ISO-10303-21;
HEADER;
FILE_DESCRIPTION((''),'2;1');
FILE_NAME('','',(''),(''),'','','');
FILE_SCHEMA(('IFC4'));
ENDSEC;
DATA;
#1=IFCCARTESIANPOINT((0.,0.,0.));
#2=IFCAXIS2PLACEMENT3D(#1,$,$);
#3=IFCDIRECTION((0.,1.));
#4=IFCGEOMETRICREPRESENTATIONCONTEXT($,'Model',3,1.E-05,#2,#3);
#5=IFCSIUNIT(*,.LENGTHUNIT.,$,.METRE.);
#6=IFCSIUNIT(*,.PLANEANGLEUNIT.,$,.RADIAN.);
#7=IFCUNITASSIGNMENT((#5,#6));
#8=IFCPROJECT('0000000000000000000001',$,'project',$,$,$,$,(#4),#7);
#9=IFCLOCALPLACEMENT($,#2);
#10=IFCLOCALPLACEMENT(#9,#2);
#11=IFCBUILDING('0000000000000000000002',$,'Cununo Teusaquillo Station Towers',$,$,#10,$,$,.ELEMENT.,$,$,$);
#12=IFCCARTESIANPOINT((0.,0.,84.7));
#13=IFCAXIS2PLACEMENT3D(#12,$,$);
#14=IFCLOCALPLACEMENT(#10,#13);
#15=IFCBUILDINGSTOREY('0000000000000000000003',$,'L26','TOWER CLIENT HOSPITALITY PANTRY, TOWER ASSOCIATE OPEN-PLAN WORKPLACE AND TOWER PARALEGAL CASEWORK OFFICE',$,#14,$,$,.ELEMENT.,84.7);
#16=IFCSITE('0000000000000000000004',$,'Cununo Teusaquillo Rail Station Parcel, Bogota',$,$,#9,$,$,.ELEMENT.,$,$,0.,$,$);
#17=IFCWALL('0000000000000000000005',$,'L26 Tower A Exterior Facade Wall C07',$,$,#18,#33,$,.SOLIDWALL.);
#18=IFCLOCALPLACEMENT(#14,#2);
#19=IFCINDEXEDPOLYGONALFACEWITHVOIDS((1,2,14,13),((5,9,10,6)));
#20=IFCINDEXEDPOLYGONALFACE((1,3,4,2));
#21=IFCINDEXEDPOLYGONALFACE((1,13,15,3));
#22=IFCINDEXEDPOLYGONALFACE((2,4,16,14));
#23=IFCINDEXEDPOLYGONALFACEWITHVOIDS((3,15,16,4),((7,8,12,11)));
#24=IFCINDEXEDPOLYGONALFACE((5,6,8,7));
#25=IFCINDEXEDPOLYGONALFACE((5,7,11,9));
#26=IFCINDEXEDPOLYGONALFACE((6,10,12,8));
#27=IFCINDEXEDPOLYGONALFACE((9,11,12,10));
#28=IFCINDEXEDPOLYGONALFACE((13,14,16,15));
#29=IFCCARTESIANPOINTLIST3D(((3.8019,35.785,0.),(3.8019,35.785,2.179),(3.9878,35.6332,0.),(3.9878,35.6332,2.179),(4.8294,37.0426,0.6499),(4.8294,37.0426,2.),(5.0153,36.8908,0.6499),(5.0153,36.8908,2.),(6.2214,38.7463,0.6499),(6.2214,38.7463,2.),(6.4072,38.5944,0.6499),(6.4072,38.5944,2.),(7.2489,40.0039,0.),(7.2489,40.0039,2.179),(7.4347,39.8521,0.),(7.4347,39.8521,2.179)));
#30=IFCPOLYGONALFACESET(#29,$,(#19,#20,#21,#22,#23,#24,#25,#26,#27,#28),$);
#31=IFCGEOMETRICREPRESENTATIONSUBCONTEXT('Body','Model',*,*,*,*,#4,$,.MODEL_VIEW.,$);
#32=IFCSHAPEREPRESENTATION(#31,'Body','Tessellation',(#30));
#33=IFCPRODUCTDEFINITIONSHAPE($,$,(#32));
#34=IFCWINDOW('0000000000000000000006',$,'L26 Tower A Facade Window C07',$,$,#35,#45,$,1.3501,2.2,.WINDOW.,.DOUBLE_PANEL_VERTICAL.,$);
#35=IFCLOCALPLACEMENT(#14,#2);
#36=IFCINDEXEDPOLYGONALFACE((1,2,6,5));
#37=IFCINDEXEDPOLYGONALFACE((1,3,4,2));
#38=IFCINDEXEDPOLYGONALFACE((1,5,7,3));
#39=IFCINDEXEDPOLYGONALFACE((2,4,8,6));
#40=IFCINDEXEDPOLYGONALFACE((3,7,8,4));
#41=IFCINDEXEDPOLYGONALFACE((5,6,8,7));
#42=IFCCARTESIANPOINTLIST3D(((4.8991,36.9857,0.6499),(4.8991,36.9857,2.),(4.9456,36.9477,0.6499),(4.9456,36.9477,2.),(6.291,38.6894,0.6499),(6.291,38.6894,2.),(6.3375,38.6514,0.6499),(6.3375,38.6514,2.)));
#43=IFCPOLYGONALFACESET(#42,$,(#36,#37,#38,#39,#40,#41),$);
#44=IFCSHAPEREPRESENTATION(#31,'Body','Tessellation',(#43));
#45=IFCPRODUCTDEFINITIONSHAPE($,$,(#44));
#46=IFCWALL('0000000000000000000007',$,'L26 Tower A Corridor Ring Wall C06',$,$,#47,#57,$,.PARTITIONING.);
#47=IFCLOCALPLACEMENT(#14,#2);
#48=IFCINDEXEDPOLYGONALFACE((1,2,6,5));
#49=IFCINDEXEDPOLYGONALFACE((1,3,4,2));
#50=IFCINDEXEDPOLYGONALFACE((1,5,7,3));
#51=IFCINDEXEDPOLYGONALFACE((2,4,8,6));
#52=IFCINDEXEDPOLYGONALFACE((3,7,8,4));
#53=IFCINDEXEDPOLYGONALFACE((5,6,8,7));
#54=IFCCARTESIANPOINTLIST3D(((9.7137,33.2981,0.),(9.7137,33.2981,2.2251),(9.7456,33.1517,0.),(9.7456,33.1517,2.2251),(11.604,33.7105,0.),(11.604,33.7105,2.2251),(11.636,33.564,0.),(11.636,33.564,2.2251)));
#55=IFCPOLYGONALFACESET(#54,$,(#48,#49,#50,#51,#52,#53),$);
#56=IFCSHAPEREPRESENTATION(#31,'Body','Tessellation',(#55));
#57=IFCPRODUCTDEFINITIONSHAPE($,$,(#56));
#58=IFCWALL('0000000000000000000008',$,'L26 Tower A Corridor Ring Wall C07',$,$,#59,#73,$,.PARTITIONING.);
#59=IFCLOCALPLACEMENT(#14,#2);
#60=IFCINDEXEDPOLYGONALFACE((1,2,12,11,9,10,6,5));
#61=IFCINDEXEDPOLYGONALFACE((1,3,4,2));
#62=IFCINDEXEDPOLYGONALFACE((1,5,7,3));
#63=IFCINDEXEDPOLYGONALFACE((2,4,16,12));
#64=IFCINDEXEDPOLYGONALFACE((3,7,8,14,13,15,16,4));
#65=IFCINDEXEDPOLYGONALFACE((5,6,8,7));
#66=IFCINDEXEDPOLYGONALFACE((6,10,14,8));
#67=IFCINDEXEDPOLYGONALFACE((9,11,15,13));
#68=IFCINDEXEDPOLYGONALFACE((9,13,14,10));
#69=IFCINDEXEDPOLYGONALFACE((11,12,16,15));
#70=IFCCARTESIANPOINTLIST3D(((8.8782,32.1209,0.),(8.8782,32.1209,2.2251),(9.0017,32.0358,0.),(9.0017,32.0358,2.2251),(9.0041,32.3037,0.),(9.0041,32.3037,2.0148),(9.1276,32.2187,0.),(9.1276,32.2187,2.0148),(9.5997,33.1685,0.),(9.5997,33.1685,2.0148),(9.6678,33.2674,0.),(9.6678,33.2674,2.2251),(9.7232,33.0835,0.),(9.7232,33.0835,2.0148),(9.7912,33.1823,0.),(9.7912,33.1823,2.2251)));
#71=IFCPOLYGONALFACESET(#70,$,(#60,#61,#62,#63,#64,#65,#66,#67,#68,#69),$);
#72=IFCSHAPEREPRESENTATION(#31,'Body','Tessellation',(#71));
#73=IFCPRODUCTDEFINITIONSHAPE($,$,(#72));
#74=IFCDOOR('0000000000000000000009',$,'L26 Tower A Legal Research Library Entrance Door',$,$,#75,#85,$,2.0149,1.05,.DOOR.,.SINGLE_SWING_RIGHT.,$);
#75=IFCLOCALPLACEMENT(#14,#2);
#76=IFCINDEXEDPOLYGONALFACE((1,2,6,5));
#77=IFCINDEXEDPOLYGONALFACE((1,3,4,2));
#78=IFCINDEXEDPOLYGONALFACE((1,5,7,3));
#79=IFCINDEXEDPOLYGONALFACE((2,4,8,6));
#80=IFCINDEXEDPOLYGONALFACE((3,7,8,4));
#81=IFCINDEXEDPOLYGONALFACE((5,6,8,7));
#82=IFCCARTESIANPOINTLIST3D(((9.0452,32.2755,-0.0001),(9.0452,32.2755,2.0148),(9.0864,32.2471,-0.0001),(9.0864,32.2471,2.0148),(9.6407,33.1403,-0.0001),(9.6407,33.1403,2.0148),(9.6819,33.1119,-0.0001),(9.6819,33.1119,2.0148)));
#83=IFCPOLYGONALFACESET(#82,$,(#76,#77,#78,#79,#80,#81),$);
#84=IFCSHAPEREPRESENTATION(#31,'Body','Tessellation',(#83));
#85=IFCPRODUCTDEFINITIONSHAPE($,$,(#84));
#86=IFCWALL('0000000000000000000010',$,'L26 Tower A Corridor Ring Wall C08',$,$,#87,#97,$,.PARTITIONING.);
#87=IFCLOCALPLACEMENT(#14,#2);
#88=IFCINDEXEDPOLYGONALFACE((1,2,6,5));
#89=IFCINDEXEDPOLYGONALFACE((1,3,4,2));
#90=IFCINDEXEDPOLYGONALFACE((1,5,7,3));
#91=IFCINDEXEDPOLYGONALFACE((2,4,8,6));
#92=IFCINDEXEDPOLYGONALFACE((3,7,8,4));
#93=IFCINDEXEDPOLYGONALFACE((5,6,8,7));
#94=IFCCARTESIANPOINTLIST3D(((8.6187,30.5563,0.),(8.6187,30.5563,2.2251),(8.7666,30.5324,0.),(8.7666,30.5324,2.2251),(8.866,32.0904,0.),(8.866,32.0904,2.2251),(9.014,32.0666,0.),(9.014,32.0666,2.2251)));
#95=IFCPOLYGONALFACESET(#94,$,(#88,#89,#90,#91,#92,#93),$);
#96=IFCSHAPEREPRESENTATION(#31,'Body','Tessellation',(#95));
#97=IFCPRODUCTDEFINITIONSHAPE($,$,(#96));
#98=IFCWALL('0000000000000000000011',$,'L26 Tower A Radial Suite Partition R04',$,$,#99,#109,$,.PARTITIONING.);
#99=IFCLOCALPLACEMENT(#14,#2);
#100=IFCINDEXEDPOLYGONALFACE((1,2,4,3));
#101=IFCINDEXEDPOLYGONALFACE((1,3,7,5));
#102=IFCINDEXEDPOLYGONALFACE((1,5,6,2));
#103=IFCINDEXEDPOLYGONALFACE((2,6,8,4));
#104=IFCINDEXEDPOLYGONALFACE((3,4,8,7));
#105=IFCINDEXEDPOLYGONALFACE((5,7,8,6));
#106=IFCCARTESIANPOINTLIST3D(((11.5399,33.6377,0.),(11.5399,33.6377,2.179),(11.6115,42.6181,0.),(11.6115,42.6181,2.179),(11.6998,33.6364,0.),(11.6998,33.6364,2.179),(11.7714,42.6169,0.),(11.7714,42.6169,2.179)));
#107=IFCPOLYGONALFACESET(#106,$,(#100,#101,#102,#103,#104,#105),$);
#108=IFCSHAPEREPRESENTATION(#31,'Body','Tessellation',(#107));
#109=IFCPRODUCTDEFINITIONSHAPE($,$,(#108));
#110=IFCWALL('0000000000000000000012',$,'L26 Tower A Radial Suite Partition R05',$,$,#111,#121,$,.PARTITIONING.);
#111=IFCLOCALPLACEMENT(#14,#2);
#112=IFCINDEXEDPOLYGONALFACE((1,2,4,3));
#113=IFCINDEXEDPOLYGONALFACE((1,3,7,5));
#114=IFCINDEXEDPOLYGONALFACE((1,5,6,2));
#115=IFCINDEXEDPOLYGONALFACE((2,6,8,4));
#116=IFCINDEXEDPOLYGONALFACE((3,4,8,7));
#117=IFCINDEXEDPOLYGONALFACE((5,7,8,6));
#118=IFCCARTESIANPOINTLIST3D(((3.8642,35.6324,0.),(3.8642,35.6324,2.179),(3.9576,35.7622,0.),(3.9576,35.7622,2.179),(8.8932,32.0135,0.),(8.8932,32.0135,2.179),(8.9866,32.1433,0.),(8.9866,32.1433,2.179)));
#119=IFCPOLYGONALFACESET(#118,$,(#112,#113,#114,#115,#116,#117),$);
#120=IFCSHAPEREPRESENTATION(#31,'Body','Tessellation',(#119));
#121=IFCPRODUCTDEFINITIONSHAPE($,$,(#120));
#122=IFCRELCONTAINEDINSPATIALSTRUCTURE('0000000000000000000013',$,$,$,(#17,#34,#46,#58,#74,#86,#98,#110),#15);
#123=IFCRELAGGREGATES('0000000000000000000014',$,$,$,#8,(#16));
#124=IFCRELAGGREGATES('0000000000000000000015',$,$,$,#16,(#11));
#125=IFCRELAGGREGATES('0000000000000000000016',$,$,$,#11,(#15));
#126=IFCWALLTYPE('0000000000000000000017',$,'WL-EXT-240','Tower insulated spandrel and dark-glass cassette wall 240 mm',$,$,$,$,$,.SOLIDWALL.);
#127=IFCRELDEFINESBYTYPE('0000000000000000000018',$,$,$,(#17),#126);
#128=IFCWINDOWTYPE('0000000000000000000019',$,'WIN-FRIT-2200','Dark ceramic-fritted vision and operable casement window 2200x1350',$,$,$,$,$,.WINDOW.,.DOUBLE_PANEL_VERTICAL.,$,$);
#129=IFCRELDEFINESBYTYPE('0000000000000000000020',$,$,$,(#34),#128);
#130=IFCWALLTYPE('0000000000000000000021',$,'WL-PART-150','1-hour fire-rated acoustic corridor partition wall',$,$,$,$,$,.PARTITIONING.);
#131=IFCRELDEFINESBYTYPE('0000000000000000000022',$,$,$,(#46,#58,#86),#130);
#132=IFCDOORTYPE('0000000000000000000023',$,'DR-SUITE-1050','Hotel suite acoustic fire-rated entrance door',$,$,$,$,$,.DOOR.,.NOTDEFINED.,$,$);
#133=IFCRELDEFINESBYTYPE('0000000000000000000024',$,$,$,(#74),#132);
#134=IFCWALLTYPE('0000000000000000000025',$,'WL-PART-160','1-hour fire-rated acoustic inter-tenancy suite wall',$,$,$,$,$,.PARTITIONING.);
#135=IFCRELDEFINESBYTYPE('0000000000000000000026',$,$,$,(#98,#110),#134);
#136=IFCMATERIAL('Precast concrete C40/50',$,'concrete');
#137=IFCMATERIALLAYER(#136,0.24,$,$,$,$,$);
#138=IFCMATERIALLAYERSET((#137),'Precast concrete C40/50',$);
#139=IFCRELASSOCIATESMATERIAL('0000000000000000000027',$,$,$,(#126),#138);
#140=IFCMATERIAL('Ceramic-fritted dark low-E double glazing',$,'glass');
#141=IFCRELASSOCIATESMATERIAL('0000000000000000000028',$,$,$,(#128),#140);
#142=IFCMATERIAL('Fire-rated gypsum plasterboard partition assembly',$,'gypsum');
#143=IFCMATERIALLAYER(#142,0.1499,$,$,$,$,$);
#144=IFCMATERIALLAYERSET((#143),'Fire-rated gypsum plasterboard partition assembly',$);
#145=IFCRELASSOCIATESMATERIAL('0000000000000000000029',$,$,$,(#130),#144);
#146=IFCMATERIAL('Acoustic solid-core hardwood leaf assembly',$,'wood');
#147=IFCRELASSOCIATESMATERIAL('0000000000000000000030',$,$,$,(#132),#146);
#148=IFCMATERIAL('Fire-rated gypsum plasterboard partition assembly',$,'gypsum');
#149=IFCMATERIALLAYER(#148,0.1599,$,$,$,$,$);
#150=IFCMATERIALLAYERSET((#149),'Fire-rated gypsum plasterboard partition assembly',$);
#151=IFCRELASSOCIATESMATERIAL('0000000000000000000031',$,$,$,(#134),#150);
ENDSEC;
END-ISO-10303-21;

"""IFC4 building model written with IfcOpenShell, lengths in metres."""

from ifc_helpers import new_model, si_unit, direction, frame, frame_2d, origin, place, context, subcontext, project, spatial, rectangle, extrude, source, transform, mapped, material, layer, layer_set, type_object, element, fill, save


model = new_model("IFC4")

# Units and contexts
model_context = context("Model", 3, precision=1e-05, world=origin(), true_north=direction((0.0, 1.0)))
body_context = subcontext(model_context, "Body", "Model", "MODEL_VIEW")
ifc_project = project(units=[si_unit("LENGTHUNIT", "METRE"), si_unit("PLANEANGLEUNIT", "RADIAN")], contexts=[model_context])

# Site, building, storey
site_placement = place(None, origin())
site = spatial("IfcSite", under=ifc_project, at=site_placement, Name="Cununo Teusaquillo Rail Station Parcel, Bogota", CompositionType="ELEMENT", RefElevation=0.0)
building_placement = place(site_placement, origin())
building = spatial("IfcBuilding", under=site, at=building_placement, Name="Cununo Teusaquillo Station Towers", CompositionType="ELEMENT")
storey_placement = place(building_placement, frame((0.0, 0.0, 84.7)))
storey = spatial("IfcBuildingStorey", under=building, at=storey_placement, Name="L26", Description="TOWER CLIENT HOSPITALITY PANTRY, TOWER ASSOCIATE OPEN-PLAN WORKPLACE AND TOWER PARALEGAL CASEWORK OFFICE", CompositionType="ELEMENT", Elevation=84.7)

# Shared definitions
ifc_material_1 = material(Name="Precast concrete C40/50", Category="concrete")
ifc_layer_1 = layer(ifc_material_1, 0.24)
ifc_layer_set_1 = layer_set([ifc_layer_1], Name="Precast concrete C40/50")
wall_type_1 = type_object("IfcWallType", Name="WL-EXT-240", Description="Tower insulated spandrel and dark-glass cassette wall 240 mm", PredefinedType="SOLIDWALL", material=ifc_layer_set_1)

# Wall, opening, window
wall_1_placement = place(storey_placement, frame((3.8948, 35.709, 0.0), z_axis=(0.0, 0.0, 1.0), x_axis=(0.632701, 0.774396, 0.0)))
wall_1 = element("IfcWall", 1, at=wall_1_placement, inside=storey, type_object=wall_type_1, Name="L26 Tower A Exterior Facade Wall C07", PredefinedType="SOLIDWALL", context=body_context, shape_type="SweptSolid", body=[
    extrude(rectangle(XDim=5.448, YDim=0.24, at=frame_2d((2.7241, 0.0))), origin(), (0.0, 0.0, 1.0), 2.179),
])
shared_shape_1 = source(origin(), body_context, "Body", "SweptSolid", [
    extrude(rectangle(XDim=2.2, YDim=1.3501, at=frame_2d((1.1001, 0.675))), frame((0.0, 0.1299, 0.0), z_axis=(0.0, -1.0, 0.0), x_axis=(1.0, 0.0, 0.0)), (0.0, 0.0, 1.0), 0.26),
])
opening_1_placement = place(wall_1_placement, frame((1.624, 0.0, 0.6499)))
opening_1 = element("IfcOpeningElement", 2, at=opening_1_placement, cuts=wall_1, PredefinedType="OPENING", context=body_context, shape_type="MappedRepresentation", body=[
    mapped(shared_shape_1, transform((0.0, 0.0, 0.0), x_axis=(1.0, 0.0, 0.0), y_axis=(0.0, 1.0, 0.0), z_axis=(0.0, 0.0, 1.0), scale=1.0)),
])
ifc_material_2 = material(Name="Ceramic-fritted dark low-E double glazing", Category="glass")
window_type_1 = type_object("IfcWindowType", Name="WIN-FRIT-2200", Description="Dark ceramic-fritted vision and operable casement window 2200x1350", PartitioningType="DOUBLE_PANEL_VERTICAL", PredefinedType="WINDOW", material=ifc_material_2)
shared_shape_2 = source(origin(), body_context, "Body", "SweptSolid", [
    extrude(rectangle(XDim=2.2, YDim=1.3501, at=frame_2d((1.1001, 0.675))), frame((0.0, 0.03, 0.0), z_axis=(0.0, -1.0, 0.0), x_axis=(1.0, 0.0, 0.0)), (0.0, 0.0, 1.0), 0.0601),
])
window_1_placement = place(opening_1_placement, origin())
window_1 = element("IfcWindow", 3, at=window_1_placement, inside=storey, type_object=window_type_1, Name="L26 Tower A Facade Window C07", OverallHeight=1.3501, OverallWidth=2.2, PartitioningType="DOUBLE_PANEL_VERTICAL", PredefinedType="WINDOW", context=body_context, shape_type="MappedRepresentation", body=[
    mapped(shared_shape_2, transform((0.0, 0.0, 0.0), x_axis=(1.0, 0.0, 0.0), y_axis=(0.0, 1.0, 0.0), z_axis=(0.0, 0.0, 1.0), scale=1.0)),
])
fill(opening_1, window_1)

# Wall
ifc_material_3 = material(Name="Fire-rated gypsum plasterboard partition assembly", Category="gypsum")
ifc_layer_2 = layer(ifc_material_3, 0.1499)
ifc_layer_set_2 = layer_set([ifc_layer_2], Name="Fire-rated gypsum plasterboard partition assembly")
wall_type_2 = type_object("IfcWallType", Name="WL-PART-150", Description="1-hour fire-rated acoustic corridor partition wall", PredefinedType="PARTITIONING", material=ifc_layer_set_2)
wall_2_placement = place(storey_placement, frame((11.6199, 33.6372, 0.0), z_axis=(0.0, 0.0, 1.0), x_axis=(-0.977026, -0.213121, 0.0)))
element("IfcWall", 4, at=wall_2_placement, inside=storey, type_object=wall_type_2, Name="L26 Tower A Corridor Ring Wall C06", PredefinedType="PARTITIONING", context=body_context, shape_type="SweptSolid", body=[
    extrude(rectangle(XDim=1.9348, YDim=0.1499, at=frame_2d((0.9673, 0.0))), origin(), (0.0, 0.0, 1.0), 2.2251),
])

# Wall, opening, door
wall_3_placement = place(storey_placement, frame((9.7295, 33.2249, 0.0), z_axis=(0.0, 0.0, 1.0), x_axis=(-0.567184, -0.823591, 0.0)))
wall_3 = element("IfcWall", 5, at=wall_3_placement, inside=storey, type_object=wall_type_2, Name="L26 Tower A Corridor Ring Wall C07", PredefinedType="PARTITIONING", context=body_context, shape_type="SweptSolid", body=[
    extrude(rectangle(XDim=1.3921, YDim=0.1499, at=frame_2d((0.696, 0.0))), origin(), (0.0, 0.0, 1.0), 2.2251),
])
shared_shape_3 = source(origin(), body_context, "Body", "SweptSolid", [
    extrude(rectangle(XDim=1.05, YDim=2.0149, at=frame_2d((0.5249, 1.0073))), frame((0.0, 0.085, 0.0), z_axis=(0.0, -1.0, 0.0), x_axis=(1.0, 0.0, 0.0)), (0.0, 0.0, 1.0), 0.1699),
])
opening_2_placement = place(wall_3_placement, frame((0.1201, 0.0, 0.0)))
opening_2 = element("IfcOpeningElement", 6, at=opening_2_placement, cuts=wall_3, PredefinedType="OPENING", context=body_context, shape_type="MappedRepresentation", body=[
    mapped(shared_shape_3, transform((0.0, 0.0, 0.0), x_axis=(1.0, 0.0, 0.0), y_axis=(0.0, 1.0, 0.0), z_axis=(0.0, 0.0, 1.0), scale=1.0)),
])
ifc_material_4 = material(Name="Acoustic solid-core hardwood leaf assembly", Category="wood")
door_type_1 = type_object("IfcDoorType", Name="DR-SUITE-1050", Description="Hotel suite acoustic fire-rated entrance door", OperationType="NOTDEFINED", PredefinedType="DOOR", material=ifc_material_4)
shared_shape_4 = source(origin(), body_context, "Body", "SweptSolid", [
    extrude(rectangle(XDim=1.05, YDim=2.0149, at=frame_2d((0.5249, 1.0073))), frame((0.0, 0.0249, 0.0), z_axis=(0.0, -1.0, 0.0), x_axis=(1.0, 0.0, 0.0)), (0.0, 0.0, 1.0), 0.05),
])
door_1_placement = place(opening_2_placement, origin())
door_1 = element("IfcDoor", 7, at=door_1_placement, inside=storey, type_object=door_type_1, Name="L26 Tower A Legal Research Library Entrance Door", OperationType="SINGLE_SWING_RIGHT", OverallHeight=2.0149, OverallWidth=1.05, PredefinedType="DOOR", context=body_context, shape_type="MappedRepresentation", body=[
    mapped(shared_shape_4, transform((0.0, 0.0, 0.0), x_axis=(1.0, 0.0, 0.0), y_axis=(0.0, 1.0, 0.0), z_axis=(0.0, 0.0, 1.0), scale=1.0)),
])
fill(opening_2, door_1)

# Walls
wall_4_placement = place(storey_placement, frame((8.9399, 32.0784, 0.0), z_axis=(0.0, 0.0, 1.0), x_axis=(-0.159148, -0.987255, 0.0)))
element("IfcWall", 8, at=wall_4_placement, inside=storey, type_object=wall_type_2, Name="L26 Tower A Corridor Ring Wall C08", PredefinedType="PARTITIONING", context=body_context, shape_type="SweptSolid", body=[
    extrude(rectangle(XDim=1.554, YDim=0.1499, at=frame_2d((0.7769, 0.0))), origin(), (0.0, 0.0, 1.0), 2.2251),
])
ifc_material_5 = material(Name="Fire-rated gypsum plasterboard partition assembly", Category="gypsum")
ifc_layer_3 = layer(ifc_material_5, 0.1599)
ifc_layer_set_3 = layer_set([ifc_layer_3], Name="Fire-rated gypsum plasterboard partition assembly")
wall_type_3 = type_object("IfcWallType", Name="WL-PART-160", Description="1-hour fire-rated acoustic inter-tenancy suite wall", PredefinedType="PARTITIONING", material=ifc_layer_set_3)
wall_5_placement = place(storey_placement, frame((11.6199, 33.6372, 0.0), z_axis=(0.0, 0.0, 1.0), x_axis=(0.007965, 0.999968, 0.0)))
element("IfcWall", 9, at=wall_5_placement, inside=storey, type_object=wall_type_3, Name="L26 Tower A Radial Suite Partition R04", PredefinedType="PARTITIONING", context=body_context, shape_type="SweptSolid", body=[
    extrude(rectangle(XDim=8.9807, YDim=0.1599, at=frame_2d((4.4902, 0.0))), origin(), (0.0, 0.0, 1.0), 2.179),
])
wall_6_placement = place(storey_placement, frame((8.9399, 32.0784, 0.0), z_axis=(0.0, 0.0, 1.0), x_axis=(-0.811689, 0.58409, 0.0)))
element("IfcWall", 10, at=wall_6_placement, inside=storey, type_object=wall_type_3, Name="L26 Tower A Radial Suite Partition R05", PredefinedType="PARTITIONING", context=body_context, shape_type="SweptSolid", body=[
    extrude(rectangle(XDim=6.1958, YDim=0.1599, at=frame_2d((3.0979, 0.0))), origin(), (0.0, 0.0, 1.0), 2.179),
])

save(model, "model.ifc")
